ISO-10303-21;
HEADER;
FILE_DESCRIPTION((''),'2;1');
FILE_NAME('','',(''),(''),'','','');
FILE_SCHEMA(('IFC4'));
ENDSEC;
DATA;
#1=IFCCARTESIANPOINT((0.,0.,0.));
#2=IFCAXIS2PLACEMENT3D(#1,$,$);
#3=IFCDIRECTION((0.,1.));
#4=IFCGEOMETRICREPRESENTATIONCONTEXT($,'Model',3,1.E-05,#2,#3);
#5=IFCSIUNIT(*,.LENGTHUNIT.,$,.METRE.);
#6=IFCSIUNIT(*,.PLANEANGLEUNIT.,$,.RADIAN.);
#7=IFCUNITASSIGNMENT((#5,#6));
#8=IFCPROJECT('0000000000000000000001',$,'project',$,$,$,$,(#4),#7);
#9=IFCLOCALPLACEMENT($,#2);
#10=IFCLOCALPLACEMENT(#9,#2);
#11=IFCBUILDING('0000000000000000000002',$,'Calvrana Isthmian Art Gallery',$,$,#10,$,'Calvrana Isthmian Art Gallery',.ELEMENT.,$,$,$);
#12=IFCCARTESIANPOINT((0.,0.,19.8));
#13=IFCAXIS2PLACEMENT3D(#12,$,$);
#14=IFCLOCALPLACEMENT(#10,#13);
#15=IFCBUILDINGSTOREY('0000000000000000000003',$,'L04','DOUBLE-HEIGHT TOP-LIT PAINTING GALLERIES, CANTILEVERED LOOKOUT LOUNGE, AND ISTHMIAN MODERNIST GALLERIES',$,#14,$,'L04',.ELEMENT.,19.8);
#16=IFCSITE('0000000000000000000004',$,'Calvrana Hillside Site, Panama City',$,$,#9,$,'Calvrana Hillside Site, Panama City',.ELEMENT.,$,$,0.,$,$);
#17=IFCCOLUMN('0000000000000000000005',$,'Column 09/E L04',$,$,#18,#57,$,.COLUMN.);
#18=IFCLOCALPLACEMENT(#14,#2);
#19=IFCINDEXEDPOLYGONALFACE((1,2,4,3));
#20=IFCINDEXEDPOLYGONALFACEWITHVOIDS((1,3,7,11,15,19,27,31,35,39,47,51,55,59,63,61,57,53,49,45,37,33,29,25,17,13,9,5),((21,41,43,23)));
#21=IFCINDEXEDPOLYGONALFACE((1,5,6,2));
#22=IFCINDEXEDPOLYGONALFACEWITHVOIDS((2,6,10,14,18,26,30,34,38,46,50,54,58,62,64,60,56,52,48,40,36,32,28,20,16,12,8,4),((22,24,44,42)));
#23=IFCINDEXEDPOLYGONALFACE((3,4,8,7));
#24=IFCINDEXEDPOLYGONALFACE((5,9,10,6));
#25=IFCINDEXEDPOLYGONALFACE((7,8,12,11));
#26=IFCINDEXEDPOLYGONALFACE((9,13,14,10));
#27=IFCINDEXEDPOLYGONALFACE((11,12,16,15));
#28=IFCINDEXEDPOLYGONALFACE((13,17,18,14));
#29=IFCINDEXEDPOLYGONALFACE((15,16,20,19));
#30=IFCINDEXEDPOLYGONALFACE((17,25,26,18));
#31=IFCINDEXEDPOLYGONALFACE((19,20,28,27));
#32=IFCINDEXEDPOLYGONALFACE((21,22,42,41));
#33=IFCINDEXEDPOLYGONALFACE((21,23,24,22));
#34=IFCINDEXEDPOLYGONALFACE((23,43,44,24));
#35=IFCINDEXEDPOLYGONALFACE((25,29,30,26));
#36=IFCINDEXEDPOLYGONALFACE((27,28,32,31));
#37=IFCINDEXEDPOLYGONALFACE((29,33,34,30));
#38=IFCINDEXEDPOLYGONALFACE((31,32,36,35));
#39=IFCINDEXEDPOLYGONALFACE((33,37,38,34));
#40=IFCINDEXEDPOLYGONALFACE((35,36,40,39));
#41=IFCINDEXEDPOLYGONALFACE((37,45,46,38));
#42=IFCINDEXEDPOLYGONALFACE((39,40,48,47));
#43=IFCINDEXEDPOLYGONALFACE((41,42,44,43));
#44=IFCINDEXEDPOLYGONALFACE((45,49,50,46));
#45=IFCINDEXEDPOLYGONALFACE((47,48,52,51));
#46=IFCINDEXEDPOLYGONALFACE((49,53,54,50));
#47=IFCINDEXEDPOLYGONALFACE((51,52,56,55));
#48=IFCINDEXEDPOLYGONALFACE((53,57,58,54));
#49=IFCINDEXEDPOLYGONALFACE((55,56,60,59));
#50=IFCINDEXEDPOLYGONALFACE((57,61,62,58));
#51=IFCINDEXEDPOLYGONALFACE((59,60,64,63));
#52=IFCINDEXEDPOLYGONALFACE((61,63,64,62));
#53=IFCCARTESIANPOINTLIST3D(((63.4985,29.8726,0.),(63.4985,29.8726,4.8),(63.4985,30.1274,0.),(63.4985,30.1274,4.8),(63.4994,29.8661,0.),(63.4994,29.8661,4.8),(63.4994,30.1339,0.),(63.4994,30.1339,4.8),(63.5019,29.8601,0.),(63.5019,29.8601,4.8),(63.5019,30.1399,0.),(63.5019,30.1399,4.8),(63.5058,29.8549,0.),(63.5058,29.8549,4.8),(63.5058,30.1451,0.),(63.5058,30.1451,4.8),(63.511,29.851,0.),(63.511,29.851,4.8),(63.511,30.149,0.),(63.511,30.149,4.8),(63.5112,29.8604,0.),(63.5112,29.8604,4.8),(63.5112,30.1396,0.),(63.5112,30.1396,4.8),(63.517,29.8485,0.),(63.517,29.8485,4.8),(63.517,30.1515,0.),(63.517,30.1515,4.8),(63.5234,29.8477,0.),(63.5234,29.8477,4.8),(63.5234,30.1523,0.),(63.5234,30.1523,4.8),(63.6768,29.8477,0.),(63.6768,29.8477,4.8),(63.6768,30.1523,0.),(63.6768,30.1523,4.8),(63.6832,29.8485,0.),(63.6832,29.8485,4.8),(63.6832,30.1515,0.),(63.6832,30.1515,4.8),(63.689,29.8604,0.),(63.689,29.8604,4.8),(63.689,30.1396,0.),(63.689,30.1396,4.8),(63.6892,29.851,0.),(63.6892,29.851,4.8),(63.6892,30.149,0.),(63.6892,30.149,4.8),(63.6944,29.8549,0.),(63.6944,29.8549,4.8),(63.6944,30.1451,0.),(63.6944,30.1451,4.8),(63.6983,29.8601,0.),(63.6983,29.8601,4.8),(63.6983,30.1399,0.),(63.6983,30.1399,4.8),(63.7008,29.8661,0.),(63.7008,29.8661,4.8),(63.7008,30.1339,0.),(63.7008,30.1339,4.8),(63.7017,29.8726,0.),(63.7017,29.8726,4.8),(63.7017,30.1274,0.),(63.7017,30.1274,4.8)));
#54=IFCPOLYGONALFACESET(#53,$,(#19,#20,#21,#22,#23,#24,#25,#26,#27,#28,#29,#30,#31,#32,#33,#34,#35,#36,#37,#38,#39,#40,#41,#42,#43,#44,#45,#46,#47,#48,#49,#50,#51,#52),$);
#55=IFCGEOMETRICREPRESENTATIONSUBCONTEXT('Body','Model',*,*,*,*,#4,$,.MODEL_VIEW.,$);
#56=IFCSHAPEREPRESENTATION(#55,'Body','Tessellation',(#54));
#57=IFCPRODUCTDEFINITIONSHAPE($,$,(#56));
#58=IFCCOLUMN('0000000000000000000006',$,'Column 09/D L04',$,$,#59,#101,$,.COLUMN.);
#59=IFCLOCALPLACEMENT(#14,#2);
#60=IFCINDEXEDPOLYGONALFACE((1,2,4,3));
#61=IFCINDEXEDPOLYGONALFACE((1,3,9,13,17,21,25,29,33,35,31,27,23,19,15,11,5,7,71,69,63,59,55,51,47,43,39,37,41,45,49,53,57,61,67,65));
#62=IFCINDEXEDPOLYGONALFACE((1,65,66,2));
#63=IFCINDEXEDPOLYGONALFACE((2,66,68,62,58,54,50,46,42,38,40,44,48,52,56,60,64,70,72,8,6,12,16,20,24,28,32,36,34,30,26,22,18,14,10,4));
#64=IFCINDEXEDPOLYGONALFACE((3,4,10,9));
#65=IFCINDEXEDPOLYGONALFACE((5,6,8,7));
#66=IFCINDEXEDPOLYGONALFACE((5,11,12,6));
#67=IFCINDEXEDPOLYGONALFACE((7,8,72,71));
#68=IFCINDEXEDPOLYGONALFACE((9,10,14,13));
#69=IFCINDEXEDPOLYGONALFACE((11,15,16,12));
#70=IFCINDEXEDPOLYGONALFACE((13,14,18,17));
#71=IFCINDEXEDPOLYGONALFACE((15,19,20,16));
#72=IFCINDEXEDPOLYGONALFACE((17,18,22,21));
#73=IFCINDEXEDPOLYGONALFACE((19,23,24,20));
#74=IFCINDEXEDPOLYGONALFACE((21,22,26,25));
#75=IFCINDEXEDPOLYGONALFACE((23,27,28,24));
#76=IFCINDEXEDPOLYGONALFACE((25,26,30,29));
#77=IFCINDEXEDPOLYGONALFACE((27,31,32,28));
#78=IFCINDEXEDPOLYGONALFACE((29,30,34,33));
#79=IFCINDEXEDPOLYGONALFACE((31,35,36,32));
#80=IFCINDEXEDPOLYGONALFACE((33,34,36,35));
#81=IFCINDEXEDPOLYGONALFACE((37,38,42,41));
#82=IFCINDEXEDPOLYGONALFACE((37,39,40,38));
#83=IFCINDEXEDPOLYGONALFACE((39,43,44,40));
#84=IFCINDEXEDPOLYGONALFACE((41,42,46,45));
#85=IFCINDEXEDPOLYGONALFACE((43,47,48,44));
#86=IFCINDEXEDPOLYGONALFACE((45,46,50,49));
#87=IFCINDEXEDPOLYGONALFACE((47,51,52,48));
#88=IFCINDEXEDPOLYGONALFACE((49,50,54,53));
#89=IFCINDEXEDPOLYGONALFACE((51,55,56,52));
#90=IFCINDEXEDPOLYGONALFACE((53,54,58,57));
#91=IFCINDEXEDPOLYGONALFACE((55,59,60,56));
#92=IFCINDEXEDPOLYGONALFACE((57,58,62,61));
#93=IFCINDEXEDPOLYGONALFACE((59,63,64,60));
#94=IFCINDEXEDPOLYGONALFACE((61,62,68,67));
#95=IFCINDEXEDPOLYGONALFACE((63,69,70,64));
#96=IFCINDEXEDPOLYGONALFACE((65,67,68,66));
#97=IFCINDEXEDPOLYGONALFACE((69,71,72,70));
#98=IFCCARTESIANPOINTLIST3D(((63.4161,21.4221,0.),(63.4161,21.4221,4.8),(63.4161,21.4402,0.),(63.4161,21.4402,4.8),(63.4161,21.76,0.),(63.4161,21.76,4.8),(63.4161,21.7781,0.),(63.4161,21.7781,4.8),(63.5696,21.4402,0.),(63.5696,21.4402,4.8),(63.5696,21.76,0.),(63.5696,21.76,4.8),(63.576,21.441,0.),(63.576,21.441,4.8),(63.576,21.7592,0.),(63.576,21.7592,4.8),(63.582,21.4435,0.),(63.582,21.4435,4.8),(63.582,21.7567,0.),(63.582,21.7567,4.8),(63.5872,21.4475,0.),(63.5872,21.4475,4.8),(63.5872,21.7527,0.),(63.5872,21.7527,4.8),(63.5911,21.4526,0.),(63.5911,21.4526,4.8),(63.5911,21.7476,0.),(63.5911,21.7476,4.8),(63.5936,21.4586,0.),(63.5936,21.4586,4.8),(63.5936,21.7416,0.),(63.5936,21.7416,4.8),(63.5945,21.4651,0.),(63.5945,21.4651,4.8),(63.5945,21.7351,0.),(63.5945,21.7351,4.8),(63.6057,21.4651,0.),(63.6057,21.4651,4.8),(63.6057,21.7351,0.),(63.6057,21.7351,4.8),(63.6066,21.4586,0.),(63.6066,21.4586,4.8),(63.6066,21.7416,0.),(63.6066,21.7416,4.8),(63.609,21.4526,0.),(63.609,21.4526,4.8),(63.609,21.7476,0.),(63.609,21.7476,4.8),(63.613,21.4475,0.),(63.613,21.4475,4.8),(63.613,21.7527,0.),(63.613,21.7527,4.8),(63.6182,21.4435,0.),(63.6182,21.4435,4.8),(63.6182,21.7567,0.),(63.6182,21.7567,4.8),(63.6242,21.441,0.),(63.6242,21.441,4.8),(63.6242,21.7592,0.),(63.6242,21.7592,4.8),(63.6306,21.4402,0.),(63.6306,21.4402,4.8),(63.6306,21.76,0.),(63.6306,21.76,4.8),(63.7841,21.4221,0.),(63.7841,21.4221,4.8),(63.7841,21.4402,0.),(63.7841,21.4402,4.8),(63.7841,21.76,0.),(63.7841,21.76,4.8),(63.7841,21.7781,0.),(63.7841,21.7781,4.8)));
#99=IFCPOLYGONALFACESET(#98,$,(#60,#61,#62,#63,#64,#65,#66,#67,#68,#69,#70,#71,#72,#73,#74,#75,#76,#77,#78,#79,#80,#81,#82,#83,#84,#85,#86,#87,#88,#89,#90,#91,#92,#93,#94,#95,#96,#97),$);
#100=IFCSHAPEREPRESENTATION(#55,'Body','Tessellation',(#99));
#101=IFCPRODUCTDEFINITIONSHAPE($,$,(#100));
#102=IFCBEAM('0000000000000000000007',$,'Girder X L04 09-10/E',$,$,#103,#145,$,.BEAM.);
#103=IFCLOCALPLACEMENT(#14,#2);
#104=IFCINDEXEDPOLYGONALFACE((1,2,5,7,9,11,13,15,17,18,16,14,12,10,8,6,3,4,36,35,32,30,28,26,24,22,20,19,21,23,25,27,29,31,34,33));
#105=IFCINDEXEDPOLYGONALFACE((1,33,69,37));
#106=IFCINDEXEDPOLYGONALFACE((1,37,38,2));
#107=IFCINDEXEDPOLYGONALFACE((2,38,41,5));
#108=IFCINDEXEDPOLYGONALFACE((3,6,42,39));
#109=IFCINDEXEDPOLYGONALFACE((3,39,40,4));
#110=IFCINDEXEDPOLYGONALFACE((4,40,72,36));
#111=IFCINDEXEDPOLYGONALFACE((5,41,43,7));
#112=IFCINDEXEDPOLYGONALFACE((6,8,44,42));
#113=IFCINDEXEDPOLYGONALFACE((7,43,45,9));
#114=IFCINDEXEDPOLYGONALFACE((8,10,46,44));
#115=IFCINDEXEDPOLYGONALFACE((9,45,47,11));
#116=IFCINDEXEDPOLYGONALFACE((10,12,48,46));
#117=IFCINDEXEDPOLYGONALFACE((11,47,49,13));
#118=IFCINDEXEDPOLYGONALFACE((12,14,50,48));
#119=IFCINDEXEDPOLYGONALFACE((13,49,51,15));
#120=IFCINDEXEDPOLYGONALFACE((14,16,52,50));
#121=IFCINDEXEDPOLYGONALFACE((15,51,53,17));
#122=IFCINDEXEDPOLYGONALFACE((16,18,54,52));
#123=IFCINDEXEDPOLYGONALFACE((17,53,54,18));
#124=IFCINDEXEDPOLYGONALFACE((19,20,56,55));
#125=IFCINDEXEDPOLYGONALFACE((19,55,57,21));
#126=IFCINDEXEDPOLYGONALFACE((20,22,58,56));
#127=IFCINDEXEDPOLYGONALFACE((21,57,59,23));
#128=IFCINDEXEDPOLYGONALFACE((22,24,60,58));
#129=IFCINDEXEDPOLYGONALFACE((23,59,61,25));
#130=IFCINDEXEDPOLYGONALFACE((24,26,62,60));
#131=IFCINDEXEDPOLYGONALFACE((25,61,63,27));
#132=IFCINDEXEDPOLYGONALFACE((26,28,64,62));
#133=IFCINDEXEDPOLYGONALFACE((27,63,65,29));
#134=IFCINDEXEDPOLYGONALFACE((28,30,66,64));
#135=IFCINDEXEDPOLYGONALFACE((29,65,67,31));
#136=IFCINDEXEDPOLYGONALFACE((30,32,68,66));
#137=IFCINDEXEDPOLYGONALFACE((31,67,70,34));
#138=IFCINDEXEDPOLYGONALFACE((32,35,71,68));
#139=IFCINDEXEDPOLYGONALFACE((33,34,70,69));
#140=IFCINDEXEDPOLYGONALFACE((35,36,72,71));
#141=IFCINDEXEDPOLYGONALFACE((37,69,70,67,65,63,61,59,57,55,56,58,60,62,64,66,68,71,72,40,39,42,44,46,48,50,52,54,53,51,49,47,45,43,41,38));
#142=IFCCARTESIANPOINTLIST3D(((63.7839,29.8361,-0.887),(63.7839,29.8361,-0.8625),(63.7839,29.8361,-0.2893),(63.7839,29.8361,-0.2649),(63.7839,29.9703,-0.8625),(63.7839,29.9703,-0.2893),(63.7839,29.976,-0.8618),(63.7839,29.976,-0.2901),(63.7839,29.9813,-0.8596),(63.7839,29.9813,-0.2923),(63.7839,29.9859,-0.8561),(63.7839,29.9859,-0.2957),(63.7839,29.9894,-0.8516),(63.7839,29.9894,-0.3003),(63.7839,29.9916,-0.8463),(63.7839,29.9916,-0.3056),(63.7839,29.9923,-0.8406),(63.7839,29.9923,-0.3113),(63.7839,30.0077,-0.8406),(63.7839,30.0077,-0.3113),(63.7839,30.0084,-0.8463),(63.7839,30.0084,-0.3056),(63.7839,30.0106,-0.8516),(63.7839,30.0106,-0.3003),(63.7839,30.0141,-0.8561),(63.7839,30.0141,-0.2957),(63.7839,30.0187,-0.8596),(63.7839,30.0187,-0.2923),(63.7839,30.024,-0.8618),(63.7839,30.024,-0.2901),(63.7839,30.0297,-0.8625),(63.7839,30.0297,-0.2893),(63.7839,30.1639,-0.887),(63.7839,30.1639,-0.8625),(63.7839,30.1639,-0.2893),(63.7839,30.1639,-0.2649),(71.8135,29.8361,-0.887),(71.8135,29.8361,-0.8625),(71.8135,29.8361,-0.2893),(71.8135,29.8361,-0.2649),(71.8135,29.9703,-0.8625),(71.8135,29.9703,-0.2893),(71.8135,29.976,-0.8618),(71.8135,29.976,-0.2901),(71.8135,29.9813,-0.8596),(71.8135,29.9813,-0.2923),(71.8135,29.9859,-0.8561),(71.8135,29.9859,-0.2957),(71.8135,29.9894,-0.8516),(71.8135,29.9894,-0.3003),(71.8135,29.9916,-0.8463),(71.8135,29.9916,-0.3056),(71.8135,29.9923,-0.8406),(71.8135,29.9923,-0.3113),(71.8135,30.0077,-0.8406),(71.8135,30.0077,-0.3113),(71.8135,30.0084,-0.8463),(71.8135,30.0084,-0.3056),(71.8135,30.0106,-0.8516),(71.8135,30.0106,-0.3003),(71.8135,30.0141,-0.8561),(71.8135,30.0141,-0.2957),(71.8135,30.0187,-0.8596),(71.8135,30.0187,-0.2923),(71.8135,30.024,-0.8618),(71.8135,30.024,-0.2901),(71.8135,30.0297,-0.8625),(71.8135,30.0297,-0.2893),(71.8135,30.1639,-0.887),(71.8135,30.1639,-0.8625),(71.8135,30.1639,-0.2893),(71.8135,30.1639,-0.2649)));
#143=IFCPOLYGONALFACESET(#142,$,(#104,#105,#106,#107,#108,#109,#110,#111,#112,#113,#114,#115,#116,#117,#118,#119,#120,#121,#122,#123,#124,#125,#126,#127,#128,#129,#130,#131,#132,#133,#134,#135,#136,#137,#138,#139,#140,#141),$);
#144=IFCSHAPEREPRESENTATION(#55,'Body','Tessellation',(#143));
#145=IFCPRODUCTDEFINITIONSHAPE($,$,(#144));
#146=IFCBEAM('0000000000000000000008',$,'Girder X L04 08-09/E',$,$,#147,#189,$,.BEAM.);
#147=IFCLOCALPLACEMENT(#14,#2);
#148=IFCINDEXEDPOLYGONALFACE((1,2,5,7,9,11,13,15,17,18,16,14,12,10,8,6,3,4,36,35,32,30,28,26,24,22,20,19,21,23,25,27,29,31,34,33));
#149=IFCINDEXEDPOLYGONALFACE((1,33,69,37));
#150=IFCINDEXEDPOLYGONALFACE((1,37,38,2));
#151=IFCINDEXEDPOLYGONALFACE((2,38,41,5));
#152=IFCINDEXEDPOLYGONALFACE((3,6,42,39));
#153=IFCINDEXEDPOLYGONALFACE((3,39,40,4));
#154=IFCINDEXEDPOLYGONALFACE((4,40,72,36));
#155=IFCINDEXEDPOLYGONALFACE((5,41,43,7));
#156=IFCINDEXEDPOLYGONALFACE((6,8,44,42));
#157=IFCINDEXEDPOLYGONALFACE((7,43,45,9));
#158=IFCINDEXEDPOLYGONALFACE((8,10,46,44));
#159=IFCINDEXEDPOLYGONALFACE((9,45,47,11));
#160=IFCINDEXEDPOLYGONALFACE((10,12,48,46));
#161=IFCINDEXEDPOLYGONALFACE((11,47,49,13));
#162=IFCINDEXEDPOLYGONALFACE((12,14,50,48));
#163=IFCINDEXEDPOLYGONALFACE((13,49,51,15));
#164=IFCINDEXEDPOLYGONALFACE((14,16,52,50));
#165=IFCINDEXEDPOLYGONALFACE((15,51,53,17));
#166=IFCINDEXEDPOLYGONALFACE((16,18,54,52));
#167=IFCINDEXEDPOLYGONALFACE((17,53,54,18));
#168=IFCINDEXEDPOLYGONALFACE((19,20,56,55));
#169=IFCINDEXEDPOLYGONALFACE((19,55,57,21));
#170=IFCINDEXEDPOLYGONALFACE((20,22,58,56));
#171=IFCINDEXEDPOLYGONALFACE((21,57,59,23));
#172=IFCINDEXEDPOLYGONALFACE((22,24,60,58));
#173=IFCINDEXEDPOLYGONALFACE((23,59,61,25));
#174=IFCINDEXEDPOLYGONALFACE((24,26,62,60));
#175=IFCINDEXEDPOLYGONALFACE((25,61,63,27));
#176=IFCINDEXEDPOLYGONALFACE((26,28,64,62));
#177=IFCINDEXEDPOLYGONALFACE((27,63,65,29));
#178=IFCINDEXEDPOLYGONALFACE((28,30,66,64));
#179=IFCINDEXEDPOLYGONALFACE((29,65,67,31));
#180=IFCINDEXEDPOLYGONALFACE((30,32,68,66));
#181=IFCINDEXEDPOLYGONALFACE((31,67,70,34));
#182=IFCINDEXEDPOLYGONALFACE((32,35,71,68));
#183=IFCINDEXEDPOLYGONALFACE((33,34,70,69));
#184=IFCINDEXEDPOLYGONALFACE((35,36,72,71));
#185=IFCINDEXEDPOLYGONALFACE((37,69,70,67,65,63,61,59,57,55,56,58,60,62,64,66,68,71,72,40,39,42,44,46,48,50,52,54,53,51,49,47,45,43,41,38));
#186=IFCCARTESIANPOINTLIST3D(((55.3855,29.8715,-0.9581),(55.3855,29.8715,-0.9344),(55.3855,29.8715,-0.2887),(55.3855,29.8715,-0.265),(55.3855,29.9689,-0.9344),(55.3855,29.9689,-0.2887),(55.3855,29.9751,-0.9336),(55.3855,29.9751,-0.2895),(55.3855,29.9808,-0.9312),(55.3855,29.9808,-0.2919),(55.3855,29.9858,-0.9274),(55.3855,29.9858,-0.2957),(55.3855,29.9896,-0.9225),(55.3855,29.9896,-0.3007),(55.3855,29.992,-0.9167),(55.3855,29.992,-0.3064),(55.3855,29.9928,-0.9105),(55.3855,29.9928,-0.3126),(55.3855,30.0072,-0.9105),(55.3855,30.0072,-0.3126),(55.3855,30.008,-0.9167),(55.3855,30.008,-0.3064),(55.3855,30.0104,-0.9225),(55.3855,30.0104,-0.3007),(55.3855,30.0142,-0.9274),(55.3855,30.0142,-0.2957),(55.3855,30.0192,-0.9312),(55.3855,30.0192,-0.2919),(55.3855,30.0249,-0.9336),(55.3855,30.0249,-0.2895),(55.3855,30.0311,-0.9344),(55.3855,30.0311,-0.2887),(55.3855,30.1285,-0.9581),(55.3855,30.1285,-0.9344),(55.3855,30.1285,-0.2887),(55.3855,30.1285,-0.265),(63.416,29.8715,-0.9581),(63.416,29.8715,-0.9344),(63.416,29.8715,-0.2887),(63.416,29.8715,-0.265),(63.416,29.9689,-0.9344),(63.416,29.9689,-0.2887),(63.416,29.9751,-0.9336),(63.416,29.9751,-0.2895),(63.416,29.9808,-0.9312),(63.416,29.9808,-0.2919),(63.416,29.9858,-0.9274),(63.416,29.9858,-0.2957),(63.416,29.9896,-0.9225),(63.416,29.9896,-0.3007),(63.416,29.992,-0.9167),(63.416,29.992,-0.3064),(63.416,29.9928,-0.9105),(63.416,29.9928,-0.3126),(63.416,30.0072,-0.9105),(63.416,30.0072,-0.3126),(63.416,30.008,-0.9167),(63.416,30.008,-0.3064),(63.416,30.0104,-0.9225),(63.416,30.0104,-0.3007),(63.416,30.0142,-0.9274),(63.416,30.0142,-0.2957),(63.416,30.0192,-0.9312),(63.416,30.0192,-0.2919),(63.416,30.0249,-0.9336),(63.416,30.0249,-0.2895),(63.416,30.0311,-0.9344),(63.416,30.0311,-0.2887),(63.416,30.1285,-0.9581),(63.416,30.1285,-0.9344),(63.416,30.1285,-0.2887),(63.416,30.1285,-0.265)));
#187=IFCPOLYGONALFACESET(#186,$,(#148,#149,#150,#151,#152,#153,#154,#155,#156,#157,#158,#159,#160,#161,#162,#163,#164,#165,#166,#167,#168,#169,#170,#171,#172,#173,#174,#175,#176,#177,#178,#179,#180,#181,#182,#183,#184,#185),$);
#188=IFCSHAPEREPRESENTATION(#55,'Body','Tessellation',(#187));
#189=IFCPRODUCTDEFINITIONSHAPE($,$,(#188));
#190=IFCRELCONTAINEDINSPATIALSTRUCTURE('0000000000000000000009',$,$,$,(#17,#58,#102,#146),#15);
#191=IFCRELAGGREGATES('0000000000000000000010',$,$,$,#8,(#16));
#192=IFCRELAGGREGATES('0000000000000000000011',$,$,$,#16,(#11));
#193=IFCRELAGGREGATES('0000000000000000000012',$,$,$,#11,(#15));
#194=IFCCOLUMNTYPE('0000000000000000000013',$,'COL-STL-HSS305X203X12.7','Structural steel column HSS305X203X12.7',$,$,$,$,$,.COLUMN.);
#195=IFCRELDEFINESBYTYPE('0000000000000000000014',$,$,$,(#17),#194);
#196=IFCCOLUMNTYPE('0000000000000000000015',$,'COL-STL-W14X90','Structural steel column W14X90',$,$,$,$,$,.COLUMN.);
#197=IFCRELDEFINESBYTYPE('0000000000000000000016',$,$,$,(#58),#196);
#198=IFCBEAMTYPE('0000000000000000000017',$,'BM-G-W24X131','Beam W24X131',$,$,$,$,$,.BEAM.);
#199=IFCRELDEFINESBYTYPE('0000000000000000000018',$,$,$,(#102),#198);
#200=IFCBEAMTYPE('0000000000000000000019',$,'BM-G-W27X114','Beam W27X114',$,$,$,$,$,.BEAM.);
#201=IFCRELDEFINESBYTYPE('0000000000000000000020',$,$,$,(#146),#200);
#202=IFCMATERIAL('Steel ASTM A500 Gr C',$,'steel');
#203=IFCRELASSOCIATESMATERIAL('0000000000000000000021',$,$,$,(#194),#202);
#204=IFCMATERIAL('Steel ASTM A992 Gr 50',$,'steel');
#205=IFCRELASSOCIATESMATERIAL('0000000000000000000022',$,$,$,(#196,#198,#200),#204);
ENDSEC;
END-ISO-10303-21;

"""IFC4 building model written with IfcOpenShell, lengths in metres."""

from ifc_helpers import new_model, si_unit, direction, frame, origin, origin_2d, place, context, subcontext, project, spatial, hollow_rectangle, i_section, extrude, material, material_profile, profile_set, type_object, element, save


model = new_model("IFC4")

# Units and contexts
model_context = context("Model", 3, precision=1e-05, world=origin(), true_north=direction((0.0, 1.0)))
body_context = subcontext(model_context, "Body", "Model", "MODEL_VIEW")
ifc_project = project(units=[si_unit("LENGTHUNIT", "METRE"), si_unit("PLANEANGLEUNIT", "RADIAN")], contexts=[model_context])

# Site, building, storey
site_placement = place(None, origin())
site = spatial("IfcSite", under=ifc_project, at=site_placement, Name="Calvrana Hillside Site, Panama City", LongName="Calvrana Hillside Site, Panama City", CompositionType="ELEMENT", RefElevation=0.0)
building_placement = place(site_placement, origin())
building = spatial("IfcBuilding", under=site, at=building_placement, Name="Calvrana Isthmian Art Gallery", LongName="Calvrana Isthmian Art Gallery", CompositionType="ELEMENT")
storey_placement = place(building_placement, frame((0.0, 0.0, 19.8)))
storey = spatial("IfcBuildingStorey", under=building, at=storey_placement, Name="L04", Description="DOUBLE-HEIGHT TOP-LIT PAINTING GALLERIES, CANTILEVERED LOOKOUT LOUNGE, AND ISTHMIAN MODERNIST GALLERIES", LongName="L04", CompositionType="ELEMENT", Elevation=19.8)

# Columns
ifc_material_1 = material(Name="Steel ASTM A500 Gr C", Category="steel")
ifc_material_profile_1 = material_profile(ifc_material_1, hollow_rectangle(XDim=0.2031, YDim=0.3047, WallThickness=0.0127, OuterFilletRadius=0.0249, at=origin_2d()), Name="HSS305X203X12.7")
ifc_profile_set_1 = profile_set([ifc_material_profile_1], Name="Steel ASTM A500 Gr C")
column_type_1 = type_object("IfcColumnType", Name="COL-STL-HSS305X203X12.7", Description="Structural steel column HSS305X203X12.7", PredefinedType="COLUMN", material=ifc_profile_set_1)
column_1_placement = place(storey_placement, frame((63.6001, 30.0, 0.0), z_axis=(0.0, 0.0, 1.0), x_axis=(1.0, 0.0, 0.0)))
element("IfcColumn", 1, at=column_1_placement, inside=storey, type_object=column_type_1, Name="Column 09/E L04", PredefinedType="COLUMN", context=body_context, shape_type="SweptSolid", body=[
    extrude(hollow_rectangle(XDim=0.2031, YDim=0.3047, WallThickness=0.0127, OuterFilletRadius=0.0249, at=origin_2d()), origin(), (0.0, 0.0, 1.0), 4.8),
])
ifc_material_2 = material(Name="Steel ASTM A992 Gr 50", Category="steel")
ifc_material_profile_2 = material_profile(ifc_material_2, i_section(OverallWidth=0.3679, OverallDepth=0.356, WebThickness=0.0112, FlangeThickness=0.0181, FilletRadius=0.0249, at=origin_2d()), Name="W14X90")
ifc_profile_set_2 = profile_set([ifc_material_profile_2], Name="Steel ASTM A992 Gr 50")
column_type_2 = type_object("IfcColumnType", Name="COL-STL-W14X90", Description="Structural steel column W14X90", PredefinedType="COLUMN", material=ifc_profile_set_2)
column_2_placement = place(storey_placement, frame((63.6001, 21.6001, 0.0), z_axis=(0.0, 0.0, 1.0), x_axis=(1.0, 0.0, 0.0)))
element("IfcColumn", 2, at=column_2_placement, inside=storey, type_object=column_type_2, Name="Column 09/D L04", PredefinedType="COLUMN", context=body_context, shape_type="SweptSolid", body=[
    extrude(i_section(OverallWidth=0.3679, OverallDepth=0.356, WebThickness=0.0112, FlangeThickness=0.0181, FilletRadius=0.0249, at=origin_2d()), origin(), (0.0, 0.0, 1.0), 4.8),
])

# Beams
ifc_material_profile_3 = material_profile(ifc_material_2, i_section(OverallWidth=0.3279, OverallDepth=0.6221, WebThickness=0.0154, FlangeThickness=0.0244, FilletRadius=0.022, at=origin_2d()), Name="W24X131")
ifc_profile_set_3 = profile_set([ifc_material_profile_3], Name="Steel ASTM A992 Gr 50")
beam_type_1 = type_object("IfcBeamType", Name="BM-G-W24X131", Description="Beam W24X131", PredefinedType="BEAM", material=ifc_profile_set_3)
beam_1_placement = place(storey_placement, frame((63.7839, 30.0, -0.5759), z_axis=(1.0, 0.0, 0.0), x_axis=(0.0, 1.0, 0.0)))
element("IfcBeam", 3, at=beam_1_placement, inside=storey, type_object=beam_type_1, Name="Girder X L04 09-10/E", PredefinedType="BEAM", context=body_context, shape_type="SweptSolid", body=[
    extrude(i_section(OverallWidth=0.3279, OverallDepth=0.6221, WebThickness=0.0154, FlangeThickness=0.0244, FilletRadius=0.022, at=origin_2d()), origin(), (0.0, 0.0, 1.0), 8.0295),
])
ifc_material_profile_4 = material_profile(ifc_material_2, i_section(OverallWidth=0.2571, OverallDepth=0.6931, WebThickness=0.0144, FlangeThickness=0.0237, FilletRadius=0.0239, at=origin_2d()), Name="W27X114")
ifc_profile_set_4 = profile_set([ifc_material_profile_4], Name="Steel ASTM A992 Gr 50")
beam_type_2 = type_object("IfcBeamType", Name="BM-G-W27X114", Description="Beam W27X114", PredefinedType="BEAM", material=ifc_profile_set_4)
beam_2_placement = place(storey_placement, frame((55.3855, 30.0, -0.6116), z_axis=(1.0, 0.0, 0.0), x_axis=(0.0, 1.0, 0.0)))
element("IfcBeam", 4, at=beam_2_placement, inside=storey, type_object=beam_type_2, Name="Girder X L04 08-09/E", PredefinedType="BEAM", context=body_context, shape_type="SweptSolid", body=[
    extrude(i_section(OverallWidth=0.2571, OverallDepth=0.6931, WebThickness=0.0144, FlangeThickness=0.0237, FilletRadius=0.0239, at=origin_2d()), origin(), (0.0, 0.0, 1.0), 8.0305),
])

save(model, "model.ifc")
